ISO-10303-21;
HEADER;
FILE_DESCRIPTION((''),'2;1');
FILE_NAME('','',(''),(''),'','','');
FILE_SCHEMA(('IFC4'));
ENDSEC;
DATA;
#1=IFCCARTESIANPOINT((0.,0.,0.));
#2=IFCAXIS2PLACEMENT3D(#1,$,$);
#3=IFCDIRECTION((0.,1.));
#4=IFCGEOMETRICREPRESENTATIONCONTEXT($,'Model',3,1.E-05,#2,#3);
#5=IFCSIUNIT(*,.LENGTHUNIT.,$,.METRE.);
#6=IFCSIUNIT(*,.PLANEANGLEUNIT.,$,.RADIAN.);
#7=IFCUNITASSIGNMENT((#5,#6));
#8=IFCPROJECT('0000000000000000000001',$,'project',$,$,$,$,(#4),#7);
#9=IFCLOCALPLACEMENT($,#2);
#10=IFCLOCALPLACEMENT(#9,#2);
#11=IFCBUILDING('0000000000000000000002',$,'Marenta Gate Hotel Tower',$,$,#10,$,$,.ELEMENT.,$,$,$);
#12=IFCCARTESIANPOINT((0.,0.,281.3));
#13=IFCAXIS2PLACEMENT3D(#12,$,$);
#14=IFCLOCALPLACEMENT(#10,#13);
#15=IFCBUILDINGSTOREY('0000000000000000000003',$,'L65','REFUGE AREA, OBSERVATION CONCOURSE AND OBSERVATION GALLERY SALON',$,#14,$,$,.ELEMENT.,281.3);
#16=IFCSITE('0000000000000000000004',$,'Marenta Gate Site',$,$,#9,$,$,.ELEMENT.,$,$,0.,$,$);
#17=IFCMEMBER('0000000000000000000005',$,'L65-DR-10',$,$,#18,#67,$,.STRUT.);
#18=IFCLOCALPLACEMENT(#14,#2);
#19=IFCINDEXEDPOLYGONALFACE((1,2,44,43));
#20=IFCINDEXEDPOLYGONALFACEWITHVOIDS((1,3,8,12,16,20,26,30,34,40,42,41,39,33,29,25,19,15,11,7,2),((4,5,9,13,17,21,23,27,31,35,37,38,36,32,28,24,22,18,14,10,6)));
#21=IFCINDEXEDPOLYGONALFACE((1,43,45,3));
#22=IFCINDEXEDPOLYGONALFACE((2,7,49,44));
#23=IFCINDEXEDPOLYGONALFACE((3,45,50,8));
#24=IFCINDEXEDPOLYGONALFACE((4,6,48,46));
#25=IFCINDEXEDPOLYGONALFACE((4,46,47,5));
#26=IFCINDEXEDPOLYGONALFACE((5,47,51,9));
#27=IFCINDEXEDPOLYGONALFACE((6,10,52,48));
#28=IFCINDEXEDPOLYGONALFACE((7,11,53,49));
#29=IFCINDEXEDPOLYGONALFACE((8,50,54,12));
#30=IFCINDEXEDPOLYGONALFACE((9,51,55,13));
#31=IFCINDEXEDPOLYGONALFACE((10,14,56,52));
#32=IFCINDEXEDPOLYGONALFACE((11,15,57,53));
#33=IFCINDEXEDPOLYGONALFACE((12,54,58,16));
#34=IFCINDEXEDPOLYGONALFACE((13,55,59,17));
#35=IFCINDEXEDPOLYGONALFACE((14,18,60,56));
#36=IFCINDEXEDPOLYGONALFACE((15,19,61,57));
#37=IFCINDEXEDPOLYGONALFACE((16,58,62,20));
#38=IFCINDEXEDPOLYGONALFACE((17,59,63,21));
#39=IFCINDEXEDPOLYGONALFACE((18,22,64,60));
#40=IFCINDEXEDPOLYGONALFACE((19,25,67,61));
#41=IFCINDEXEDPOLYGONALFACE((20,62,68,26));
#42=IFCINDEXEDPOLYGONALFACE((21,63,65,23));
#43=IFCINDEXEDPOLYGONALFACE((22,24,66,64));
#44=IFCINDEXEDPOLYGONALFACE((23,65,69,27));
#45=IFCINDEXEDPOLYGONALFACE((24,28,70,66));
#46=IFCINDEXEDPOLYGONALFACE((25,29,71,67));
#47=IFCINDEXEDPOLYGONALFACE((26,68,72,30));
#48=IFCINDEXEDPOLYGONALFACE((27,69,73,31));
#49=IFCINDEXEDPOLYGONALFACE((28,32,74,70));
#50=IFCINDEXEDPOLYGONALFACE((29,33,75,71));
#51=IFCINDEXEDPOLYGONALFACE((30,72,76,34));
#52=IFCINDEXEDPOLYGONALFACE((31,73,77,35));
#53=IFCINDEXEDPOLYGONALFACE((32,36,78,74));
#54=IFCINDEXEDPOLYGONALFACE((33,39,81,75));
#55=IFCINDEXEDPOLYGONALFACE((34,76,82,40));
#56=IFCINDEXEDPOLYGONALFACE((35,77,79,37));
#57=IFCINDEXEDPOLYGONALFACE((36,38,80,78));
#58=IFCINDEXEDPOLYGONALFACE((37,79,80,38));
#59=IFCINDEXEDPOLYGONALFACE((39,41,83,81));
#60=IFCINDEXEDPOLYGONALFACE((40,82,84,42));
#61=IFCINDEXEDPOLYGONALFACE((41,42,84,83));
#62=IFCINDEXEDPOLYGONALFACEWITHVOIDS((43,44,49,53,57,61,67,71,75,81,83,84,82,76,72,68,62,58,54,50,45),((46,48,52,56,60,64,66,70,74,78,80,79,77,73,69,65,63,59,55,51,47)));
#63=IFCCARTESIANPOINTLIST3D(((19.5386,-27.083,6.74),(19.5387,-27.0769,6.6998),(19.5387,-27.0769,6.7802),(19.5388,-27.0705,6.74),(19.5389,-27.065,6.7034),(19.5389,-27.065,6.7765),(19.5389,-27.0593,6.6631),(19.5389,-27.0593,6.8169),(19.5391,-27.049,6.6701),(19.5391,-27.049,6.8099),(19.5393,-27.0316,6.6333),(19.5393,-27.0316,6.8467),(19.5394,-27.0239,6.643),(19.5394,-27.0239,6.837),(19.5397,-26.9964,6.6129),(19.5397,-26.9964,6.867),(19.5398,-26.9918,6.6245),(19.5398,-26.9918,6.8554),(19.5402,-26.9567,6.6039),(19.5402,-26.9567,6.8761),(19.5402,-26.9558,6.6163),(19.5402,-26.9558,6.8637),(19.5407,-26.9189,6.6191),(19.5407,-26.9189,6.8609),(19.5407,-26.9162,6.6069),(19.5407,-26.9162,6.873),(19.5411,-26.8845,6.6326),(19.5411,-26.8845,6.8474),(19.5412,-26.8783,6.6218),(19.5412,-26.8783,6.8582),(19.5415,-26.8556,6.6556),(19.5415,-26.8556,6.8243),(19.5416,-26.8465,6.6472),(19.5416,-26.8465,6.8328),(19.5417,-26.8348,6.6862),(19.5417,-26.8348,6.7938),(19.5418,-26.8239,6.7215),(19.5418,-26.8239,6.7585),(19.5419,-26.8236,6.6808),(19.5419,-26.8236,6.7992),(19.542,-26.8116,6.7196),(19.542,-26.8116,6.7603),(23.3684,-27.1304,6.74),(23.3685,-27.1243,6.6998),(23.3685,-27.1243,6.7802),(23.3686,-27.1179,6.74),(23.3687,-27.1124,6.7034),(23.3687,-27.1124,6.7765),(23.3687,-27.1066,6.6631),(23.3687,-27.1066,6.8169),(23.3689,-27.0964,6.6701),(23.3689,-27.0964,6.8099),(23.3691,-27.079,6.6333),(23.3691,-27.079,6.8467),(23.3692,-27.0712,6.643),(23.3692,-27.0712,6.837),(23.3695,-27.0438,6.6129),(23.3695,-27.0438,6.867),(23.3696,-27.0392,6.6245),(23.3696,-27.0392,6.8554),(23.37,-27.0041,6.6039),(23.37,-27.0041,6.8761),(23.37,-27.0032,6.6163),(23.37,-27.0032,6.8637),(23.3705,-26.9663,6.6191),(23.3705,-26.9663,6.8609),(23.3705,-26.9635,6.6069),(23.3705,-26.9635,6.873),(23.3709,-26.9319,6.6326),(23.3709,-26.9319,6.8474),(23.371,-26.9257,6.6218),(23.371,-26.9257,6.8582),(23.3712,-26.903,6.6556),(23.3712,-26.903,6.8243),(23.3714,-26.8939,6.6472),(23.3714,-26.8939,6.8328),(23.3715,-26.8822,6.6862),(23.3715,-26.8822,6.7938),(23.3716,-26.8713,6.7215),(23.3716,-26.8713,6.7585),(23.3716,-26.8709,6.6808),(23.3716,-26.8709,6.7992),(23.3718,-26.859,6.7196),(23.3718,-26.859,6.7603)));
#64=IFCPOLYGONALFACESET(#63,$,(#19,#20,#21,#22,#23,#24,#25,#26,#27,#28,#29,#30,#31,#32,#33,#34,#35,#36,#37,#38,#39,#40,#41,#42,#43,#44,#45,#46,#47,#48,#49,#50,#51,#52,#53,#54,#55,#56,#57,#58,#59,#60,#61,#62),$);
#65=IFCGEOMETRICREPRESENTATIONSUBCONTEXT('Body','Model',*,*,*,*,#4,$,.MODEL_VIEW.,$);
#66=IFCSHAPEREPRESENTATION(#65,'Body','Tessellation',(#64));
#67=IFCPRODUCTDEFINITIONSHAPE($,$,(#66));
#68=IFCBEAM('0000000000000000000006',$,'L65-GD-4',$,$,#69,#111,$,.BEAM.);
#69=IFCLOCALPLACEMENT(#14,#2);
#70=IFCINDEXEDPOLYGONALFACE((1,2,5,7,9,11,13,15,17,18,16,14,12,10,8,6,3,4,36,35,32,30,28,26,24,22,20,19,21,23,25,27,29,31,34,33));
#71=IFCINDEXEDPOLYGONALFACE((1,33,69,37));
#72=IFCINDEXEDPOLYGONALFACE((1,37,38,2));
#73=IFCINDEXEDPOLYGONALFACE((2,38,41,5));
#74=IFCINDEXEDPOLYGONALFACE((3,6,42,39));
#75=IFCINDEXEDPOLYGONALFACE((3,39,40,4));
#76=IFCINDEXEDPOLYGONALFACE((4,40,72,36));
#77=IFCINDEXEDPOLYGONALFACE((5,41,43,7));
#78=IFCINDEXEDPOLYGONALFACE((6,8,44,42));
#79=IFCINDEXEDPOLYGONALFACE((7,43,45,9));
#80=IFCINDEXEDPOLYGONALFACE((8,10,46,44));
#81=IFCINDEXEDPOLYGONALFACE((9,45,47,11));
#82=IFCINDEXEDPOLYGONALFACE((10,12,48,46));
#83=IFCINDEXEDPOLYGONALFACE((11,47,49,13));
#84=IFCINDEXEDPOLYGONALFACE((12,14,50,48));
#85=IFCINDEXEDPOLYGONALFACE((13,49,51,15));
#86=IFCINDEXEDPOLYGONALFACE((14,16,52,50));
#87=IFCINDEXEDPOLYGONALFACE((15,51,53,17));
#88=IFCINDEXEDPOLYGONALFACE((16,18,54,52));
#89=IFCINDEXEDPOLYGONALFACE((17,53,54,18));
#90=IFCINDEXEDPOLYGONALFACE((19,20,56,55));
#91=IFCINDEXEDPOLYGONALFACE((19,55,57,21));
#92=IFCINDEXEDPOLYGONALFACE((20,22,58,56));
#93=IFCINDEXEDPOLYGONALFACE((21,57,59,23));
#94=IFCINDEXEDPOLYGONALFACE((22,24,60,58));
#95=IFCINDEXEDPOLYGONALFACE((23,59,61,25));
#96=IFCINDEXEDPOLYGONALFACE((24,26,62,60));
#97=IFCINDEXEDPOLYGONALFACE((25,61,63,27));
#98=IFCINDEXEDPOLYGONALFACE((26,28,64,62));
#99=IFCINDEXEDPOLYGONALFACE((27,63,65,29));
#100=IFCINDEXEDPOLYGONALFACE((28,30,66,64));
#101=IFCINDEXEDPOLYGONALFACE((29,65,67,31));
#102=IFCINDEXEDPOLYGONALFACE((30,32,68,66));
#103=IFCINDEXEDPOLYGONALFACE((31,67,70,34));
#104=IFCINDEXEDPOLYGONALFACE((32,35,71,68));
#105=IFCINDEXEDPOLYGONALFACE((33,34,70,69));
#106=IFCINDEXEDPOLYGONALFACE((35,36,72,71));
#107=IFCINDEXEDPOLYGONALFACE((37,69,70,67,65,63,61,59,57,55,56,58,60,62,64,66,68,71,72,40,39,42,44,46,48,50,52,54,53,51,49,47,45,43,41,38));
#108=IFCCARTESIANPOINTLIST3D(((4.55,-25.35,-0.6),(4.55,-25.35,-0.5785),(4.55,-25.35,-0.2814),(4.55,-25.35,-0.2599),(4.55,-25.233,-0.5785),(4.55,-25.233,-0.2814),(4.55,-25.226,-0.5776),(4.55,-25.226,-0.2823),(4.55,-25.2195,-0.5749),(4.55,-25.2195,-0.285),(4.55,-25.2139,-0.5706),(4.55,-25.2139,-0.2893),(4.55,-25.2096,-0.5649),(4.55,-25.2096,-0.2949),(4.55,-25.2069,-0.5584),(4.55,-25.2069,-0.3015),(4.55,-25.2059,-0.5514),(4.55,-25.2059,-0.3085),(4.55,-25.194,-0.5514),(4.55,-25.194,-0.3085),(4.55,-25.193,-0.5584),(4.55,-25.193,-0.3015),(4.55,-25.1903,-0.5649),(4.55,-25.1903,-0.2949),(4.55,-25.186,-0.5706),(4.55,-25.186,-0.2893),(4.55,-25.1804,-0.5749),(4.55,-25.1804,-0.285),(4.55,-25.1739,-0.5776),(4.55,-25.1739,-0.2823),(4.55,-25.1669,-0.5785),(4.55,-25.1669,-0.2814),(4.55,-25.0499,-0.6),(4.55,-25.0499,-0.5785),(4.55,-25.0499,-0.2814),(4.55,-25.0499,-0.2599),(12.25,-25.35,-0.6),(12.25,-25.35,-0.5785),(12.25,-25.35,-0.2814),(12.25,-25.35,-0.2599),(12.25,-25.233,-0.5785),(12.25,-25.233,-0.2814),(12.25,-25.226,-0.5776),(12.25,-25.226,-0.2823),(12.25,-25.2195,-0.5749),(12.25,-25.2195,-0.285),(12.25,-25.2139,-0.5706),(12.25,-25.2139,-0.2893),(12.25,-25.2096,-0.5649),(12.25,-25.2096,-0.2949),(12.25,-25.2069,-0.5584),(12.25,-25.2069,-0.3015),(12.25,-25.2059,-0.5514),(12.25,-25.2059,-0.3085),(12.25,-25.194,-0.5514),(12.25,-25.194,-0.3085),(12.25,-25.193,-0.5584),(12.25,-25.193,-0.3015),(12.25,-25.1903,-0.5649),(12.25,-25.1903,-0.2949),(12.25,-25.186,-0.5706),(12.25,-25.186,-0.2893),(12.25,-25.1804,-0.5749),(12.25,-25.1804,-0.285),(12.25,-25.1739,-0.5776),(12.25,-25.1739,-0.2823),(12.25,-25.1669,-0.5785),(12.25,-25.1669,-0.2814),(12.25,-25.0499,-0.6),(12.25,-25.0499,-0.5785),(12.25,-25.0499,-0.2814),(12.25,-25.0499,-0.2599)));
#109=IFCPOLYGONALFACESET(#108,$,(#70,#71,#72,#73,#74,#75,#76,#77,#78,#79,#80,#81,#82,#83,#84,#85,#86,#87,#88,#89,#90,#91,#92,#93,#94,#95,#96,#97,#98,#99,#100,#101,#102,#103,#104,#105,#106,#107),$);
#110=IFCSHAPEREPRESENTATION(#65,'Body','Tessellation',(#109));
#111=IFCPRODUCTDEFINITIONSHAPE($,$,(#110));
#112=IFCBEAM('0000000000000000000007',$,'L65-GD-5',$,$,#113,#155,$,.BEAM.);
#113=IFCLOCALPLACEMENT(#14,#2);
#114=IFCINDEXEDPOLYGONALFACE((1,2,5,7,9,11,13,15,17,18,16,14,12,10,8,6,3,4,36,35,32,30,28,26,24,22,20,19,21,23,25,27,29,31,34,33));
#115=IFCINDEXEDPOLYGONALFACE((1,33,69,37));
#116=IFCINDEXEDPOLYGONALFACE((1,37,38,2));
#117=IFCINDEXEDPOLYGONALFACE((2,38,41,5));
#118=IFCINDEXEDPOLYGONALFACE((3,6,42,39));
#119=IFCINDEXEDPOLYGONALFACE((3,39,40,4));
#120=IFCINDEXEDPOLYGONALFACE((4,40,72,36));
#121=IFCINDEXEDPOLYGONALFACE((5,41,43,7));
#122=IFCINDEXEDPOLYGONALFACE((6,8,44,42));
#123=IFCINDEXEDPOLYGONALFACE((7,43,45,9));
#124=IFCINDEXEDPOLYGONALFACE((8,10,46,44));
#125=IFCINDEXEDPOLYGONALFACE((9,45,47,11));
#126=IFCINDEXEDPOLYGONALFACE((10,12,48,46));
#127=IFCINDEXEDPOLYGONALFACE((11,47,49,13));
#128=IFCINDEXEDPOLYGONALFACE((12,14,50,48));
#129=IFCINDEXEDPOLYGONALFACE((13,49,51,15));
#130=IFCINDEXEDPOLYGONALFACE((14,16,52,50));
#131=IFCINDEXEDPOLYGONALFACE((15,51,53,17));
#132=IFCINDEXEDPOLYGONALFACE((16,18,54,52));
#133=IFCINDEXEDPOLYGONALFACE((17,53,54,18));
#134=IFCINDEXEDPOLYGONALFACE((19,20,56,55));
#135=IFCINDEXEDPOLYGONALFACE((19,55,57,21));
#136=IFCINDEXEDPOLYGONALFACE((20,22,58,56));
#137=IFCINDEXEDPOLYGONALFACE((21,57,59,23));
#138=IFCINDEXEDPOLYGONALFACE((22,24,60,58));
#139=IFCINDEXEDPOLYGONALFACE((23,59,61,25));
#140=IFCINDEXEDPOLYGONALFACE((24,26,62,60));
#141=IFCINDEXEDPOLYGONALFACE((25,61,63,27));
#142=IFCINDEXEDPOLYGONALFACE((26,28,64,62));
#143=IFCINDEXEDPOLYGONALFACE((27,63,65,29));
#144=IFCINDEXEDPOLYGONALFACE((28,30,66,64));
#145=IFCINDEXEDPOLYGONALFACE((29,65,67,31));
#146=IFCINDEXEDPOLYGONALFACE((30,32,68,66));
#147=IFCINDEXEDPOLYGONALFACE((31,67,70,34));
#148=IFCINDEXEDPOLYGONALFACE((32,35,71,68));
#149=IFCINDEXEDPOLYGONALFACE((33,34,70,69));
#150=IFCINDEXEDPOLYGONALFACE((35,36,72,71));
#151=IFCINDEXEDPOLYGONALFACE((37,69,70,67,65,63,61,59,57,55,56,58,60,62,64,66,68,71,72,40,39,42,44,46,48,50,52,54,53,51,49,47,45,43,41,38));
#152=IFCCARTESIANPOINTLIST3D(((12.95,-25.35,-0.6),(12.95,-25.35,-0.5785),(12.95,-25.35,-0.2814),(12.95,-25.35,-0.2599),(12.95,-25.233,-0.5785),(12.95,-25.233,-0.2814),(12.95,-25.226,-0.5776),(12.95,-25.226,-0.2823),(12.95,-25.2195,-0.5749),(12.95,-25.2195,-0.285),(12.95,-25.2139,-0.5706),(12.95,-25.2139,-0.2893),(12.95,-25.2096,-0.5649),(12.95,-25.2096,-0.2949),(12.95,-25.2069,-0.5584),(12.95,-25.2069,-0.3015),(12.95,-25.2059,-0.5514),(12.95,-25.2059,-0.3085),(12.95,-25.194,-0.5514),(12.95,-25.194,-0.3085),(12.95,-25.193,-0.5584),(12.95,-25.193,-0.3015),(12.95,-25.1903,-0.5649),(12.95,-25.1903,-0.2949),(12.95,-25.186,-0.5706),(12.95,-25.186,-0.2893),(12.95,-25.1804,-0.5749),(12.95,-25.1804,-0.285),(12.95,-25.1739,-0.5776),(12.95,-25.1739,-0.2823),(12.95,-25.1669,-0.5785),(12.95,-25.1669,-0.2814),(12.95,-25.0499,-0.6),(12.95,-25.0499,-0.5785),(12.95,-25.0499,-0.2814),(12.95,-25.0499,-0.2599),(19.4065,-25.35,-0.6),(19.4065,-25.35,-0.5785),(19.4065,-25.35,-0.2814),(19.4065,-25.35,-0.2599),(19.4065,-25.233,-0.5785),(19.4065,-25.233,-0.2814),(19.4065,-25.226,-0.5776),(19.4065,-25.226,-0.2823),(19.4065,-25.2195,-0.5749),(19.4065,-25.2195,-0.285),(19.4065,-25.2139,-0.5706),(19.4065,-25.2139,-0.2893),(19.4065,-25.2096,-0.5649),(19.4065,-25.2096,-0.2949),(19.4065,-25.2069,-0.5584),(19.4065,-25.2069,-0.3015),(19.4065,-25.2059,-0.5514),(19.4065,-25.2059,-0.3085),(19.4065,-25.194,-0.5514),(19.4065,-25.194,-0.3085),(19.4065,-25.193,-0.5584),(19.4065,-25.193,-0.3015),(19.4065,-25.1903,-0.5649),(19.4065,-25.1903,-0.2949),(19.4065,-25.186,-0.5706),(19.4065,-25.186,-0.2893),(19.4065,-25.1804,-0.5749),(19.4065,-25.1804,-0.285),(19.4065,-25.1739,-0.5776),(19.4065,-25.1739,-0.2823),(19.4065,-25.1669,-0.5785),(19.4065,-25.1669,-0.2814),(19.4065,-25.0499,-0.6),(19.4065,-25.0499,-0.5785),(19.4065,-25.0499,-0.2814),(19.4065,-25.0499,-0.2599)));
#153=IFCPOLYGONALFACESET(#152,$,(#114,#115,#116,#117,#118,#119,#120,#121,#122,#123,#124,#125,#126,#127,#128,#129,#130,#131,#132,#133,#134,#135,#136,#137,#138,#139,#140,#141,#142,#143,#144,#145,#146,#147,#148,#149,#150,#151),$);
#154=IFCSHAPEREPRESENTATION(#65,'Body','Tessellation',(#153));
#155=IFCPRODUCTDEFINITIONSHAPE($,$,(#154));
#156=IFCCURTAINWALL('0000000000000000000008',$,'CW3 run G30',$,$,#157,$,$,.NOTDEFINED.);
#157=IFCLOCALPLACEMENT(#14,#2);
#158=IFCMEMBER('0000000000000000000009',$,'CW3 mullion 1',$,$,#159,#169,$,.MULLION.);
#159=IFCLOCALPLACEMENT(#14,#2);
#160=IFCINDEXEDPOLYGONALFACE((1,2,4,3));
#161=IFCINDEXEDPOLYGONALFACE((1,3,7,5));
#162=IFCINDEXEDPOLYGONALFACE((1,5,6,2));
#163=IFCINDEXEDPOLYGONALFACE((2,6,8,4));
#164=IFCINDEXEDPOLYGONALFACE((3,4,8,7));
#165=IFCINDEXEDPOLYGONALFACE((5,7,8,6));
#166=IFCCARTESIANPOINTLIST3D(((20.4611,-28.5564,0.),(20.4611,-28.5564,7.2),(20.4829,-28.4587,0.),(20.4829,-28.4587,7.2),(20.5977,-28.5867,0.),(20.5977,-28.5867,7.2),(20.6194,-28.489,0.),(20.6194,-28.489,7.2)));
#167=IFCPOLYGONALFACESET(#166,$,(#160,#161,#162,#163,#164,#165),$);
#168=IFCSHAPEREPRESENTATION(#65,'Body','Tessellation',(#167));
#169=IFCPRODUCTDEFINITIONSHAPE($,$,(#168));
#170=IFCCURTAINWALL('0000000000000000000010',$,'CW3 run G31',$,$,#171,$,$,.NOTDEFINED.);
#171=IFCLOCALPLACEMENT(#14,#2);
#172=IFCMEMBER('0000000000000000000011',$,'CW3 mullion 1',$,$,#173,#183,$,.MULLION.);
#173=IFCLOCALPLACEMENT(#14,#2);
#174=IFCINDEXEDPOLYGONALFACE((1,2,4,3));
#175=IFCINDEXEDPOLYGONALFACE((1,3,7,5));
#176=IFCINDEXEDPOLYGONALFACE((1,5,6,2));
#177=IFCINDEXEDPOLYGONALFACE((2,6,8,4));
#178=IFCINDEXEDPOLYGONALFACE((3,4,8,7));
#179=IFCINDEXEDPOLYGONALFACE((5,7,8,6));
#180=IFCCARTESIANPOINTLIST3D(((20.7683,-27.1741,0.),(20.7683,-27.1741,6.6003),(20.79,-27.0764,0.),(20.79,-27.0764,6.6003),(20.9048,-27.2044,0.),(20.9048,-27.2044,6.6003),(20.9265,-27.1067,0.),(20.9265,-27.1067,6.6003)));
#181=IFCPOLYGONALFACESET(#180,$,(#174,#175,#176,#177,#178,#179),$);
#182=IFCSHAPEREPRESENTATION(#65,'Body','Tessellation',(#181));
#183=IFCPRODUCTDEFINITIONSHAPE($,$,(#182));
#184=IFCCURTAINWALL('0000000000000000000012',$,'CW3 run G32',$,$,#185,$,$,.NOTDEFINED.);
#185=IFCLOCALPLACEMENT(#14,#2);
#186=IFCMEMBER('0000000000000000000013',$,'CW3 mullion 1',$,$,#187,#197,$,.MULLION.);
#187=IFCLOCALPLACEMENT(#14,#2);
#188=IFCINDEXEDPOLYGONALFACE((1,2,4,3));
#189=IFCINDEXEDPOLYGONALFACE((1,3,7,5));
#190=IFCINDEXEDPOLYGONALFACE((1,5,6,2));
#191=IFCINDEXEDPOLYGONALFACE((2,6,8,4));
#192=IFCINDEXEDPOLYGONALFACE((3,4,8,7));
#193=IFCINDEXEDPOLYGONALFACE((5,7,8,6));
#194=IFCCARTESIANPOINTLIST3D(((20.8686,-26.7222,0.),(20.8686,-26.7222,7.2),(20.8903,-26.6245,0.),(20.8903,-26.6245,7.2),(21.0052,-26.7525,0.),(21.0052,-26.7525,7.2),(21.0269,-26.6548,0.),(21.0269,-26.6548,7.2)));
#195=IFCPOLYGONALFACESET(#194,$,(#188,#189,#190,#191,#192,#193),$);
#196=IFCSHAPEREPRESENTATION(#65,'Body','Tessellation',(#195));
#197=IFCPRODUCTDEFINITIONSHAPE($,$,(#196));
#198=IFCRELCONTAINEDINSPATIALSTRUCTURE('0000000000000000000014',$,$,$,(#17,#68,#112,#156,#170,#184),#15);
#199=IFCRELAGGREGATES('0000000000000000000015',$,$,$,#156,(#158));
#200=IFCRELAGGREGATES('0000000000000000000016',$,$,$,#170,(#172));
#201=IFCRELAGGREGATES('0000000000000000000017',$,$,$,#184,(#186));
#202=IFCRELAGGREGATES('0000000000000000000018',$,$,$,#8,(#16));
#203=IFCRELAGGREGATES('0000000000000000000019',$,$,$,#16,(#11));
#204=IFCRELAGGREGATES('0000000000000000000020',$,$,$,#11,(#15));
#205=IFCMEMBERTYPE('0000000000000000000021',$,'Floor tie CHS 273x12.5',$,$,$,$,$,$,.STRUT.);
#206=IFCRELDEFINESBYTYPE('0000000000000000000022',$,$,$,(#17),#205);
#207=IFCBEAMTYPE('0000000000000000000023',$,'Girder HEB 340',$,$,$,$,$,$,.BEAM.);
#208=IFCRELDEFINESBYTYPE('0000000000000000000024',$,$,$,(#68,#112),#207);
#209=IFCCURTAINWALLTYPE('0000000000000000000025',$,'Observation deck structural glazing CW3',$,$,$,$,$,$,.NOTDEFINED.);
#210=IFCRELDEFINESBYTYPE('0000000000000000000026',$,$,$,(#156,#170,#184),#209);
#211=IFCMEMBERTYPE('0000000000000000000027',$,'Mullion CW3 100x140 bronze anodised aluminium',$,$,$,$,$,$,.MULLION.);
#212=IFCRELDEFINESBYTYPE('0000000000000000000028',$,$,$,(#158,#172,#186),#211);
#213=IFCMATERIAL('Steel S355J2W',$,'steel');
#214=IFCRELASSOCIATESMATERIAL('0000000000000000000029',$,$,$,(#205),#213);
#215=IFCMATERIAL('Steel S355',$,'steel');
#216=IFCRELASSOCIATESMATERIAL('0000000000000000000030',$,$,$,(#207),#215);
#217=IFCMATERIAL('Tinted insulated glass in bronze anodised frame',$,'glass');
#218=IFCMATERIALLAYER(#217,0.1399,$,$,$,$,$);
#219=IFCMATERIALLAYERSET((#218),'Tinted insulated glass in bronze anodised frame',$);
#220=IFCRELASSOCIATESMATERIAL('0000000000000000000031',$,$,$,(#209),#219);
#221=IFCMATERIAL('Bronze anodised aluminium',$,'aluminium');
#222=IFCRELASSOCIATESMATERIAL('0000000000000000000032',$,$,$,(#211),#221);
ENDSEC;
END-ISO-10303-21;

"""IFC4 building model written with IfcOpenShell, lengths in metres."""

from ifc_helpers import new_model, si_unit, direction, frame, origin, origin_2d, place, context, subcontext, project, spatial, rectangle, hollow_circle, i_section, extrude, material, layer, layer_set, material_profile, profile_set, type_object, element, aggregate, save


model = new_model("IFC4")

# Units and contexts
model_context = context("Model", 3, precision=1e-05, world=origin(), true_north=direction((0.0, 1.0)))
body_context = subcontext(model_context, "Body", "Model", "MODEL_VIEW")
ifc_project = project(units=[si_unit("LENGTHUNIT", "METRE"), si_unit("PLANEANGLEUNIT", "RADIAN")], contexts=[model_context])

# Site, building, storey
site_placement = place(None, origin())
site = spatial("IfcSite", under=ifc_project, at=site_placement, Name="Marenta Gate Site", CompositionType="ELEMENT", RefElevation=0.0)
building_placement = place(site_placement, origin())
building = spatial("IfcBuilding", under=site, at=building_placement, Name="Marenta Gate Hotel Tower", CompositionType="ELEMENT")
storey_placement = place(building_placement, frame((0.0, 0.0, 281.3)))
storey = spatial("IfcBuildingStorey", under=building, at=storey_placement, Name="L65", Description="REFUGE AREA, OBSERVATION CONCOURSE AND OBSERVATION GALLERY SALON", CompositionType="ELEMENT", Elevation=281.3)

# Member
ifc_material_1 = material(Name="Steel S355J2W", Category="steel")
ifc_material_profile_1 = material_profile(ifc_material_1, hollow_circle(Radius=0.1365, WallThickness=0.0125, at=origin_2d()), Name="CHS 273x12.5")
ifc_profile_set_1 = profile_set([ifc_material_profile_1], Name="Steel S355J2W")
member_type_1 = type_object("IfcMemberType", Name="Floor tie CHS 273x12.5", PredefinedType="STRUT", material=ifc_profile_set_1)
member_1_placement = place(storey_placement, frame((23.3701, -26.9939, 6.74), z_axis=(-0.999924, 0.012366, 0.0), x_axis=(-0.012366, -0.999924, 0.0)))
element("IfcMember", 1, at=member_1_placement, inside=storey, type_object=member_type_1, Name="L65-DR-10", PredefinedType="STRUT", context=body_context, shape_type="SweptSolid", body=[
    extrude(hollow_circle(Radius=0.1365, WallThickness=0.0125, at=origin_2d()), origin(), (0.0, 0.0, 1.0), 3.8301),
])

# Beams
ifc_material_2 = material(Name="Steel S355", Category="steel")
ifc_material_profile_2 = material_profile(ifc_material_2, i_section(OverallWidth=0.3, OverallDepth=0.3401, WebThickness=0.012, FlangeThickness=0.0215, FilletRadius=0.0271, at=origin_2d()), Name="HEB 340")
ifc_profile_set_2 = profile_set([ifc_material_profile_2], Name="Steel S355")
beam_type = type_object("IfcBeamType", Name="Girder HEB 340", PredefinedType="BEAM", material=ifc_profile_set_2)
beam_1_placement = place(storey_placement, frame((4.55, -25.2, -0.4299), z_axis=(1.0, 0.0, 0.0), x_axis=(0.0, 1.0, 0.0)))
element("IfcBeam", 2, at=beam_1_placement, inside=storey, type_object=beam_type, Name="L65-GD-4", PredefinedType="BEAM", context=body_context, shape_type="SweptSolid", body=[
    extrude(i_section(OverallWidth=0.3, OverallDepth=0.3401, WebThickness=0.012, FlangeThickness=0.0215, FilletRadius=0.0271, at=origin_2d()), origin(), (0.0, 0.0, 1.0), 7.7),
])
beam_2_placement = place(storey_placement, frame((12.95, -25.2, -0.4299), z_axis=(1.0, 0.0, 0.0), x_axis=(0.0, 1.0, 0.0)))
element("IfcBeam", 3, at=beam_2_placement, inside=storey, type_object=beam_type, Name="L65-GD-5", PredefinedType="BEAM", context=body_context, shape_type="SweptSolid", body=[
    extrude(i_section(OverallWidth=0.3, OverallDepth=0.3401, WebThickness=0.012, FlangeThickness=0.0215, FilletRadius=0.0271, at=origin_2d()), origin(), (0.0, 0.0, 1.0), 6.4565),
])

# Curtain walls, members
ifc_material_3 = material(Name="Tinted insulated glass in bronze anodised frame", Category="glass")
ifc_layer_1 = layer(ifc_material_3, 0.1399)
ifc_layer_set_1 = layer_set([ifc_layer_1], Name="Tinted insulated glass in bronze anodised frame")
curtain_wall_type = type_object("IfcCurtainWallType", Name="Observation deck structural glazing CW3", PredefinedType="NOTDEFINED", material=ifc_layer_set_1)
curtain_wall_1_placement = place(storey_placement, origin())
curtain_wall_1 = element("IfcCurtainWall", 4, at=curtain_wall_1_placement, inside=storey, type_object=curtain_wall_type, Name="CW3 run G30", PredefinedType="NOTDEFINED")
ifc_material_4 = material(Name="Bronze anodised aluminium", Category="aluminium")
ifc_material_profile_3 = material_profile(ifc_material_4, rectangle(XDim=0.1399, YDim=0.1001, at=origin_2d()), Name="Mullion CW3 100x140 bronze anodised aluminium")
ifc_profile_set_3 = profile_set([ifc_material_profile_3], Name="Bronze anodised aluminium")
member_type_2 = type_object("IfcMemberType", Name="Mullion CW3 100x140 bronze anodised aluminium", PredefinedType="MULLION", material=ifc_profile_set_3)
member_2_placement = place(storey_placement, frame((20.5403, -28.5227, 0.0), z_axis=(0.0, 0.0, 1.0), x_axis=(-0.976214, 0.216811, 0.0)))
member_2 = element("IfcMember", 5, at=member_2_placement, type_object=member_type_2, Name="CW3 mullion 1", PredefinedType="MULLION", context=body_context, shape_type="SweptSolid", body=[
    extrude(rectangle(XDim=0.1399, YDim=0.1001, at=origin_2d()), origin(), (0.0, 0.0, 1.0), 7.2),
])
curtain_wall_2_placement = place(storey_placement, origin())
curtain_wall_2 = element("IfcCurtainWall", 6, at=curtain_wall_2_placement, inside=storey, type_object=curtain_wall_type, Name="CW3 run G31", PredefinedType="NOTDEFINED")
member_3_placement = place(storey_placement, frame((20.8474, -27.1404, 0.0), z_axis=(0.0, 0.0, 1.0), x_axis=(-0.976187, 0.21693, 0.0)))
member_3 = element("IfcMember", 7, at=member_3_placement, type_object=member_type_2, Name="CW3 mullion 1", PredefinedType="MULLION", context=body_context, shape_type="SweptSolid", body=[
    extrude(rectangle(XDim=0.1399, YDim=0.1001, at=origin_2d()), origin(), (0.0, 0.0, 1.0), 6.6003),
])
curtain_wall_3_placement = place(storey_placement, origin())
curtain_wall_3 = element("IfcCurtainWall", 8, at=curtain_wall_3_placement, inside=storey, type_object=curtain_wall_type, Name="CW3 run G32", PredefinedType="NOTDEFINED")
member_4_placement = place(storey_placement, frame((20.9478, -26.6885, 0.0), z_axis=(0.0, 0.0, 1.0), x_axis=(-0.976228, 0.216746, 0.0)))
member_4 = element("IfcMember", 9, at=member_4_placement, type_object=member_type_2, Name="CW3 mullion 1", PredefinedType="MULLION", context=body_context, shape_type="SweptSolid", body=[
    extrude(rectangle(XDim=0.1399, YDim=0.1001, at=origin_2d()), origin(), (0.0, 0.0, 1.0), 7.2),
])

aggregate(curtain_wall_1, [member_2])
aggregate(curtain_wall_2, [member_3])
aggregate(curtain_wall_3, [member_4])

save(model, "model.ifc")
